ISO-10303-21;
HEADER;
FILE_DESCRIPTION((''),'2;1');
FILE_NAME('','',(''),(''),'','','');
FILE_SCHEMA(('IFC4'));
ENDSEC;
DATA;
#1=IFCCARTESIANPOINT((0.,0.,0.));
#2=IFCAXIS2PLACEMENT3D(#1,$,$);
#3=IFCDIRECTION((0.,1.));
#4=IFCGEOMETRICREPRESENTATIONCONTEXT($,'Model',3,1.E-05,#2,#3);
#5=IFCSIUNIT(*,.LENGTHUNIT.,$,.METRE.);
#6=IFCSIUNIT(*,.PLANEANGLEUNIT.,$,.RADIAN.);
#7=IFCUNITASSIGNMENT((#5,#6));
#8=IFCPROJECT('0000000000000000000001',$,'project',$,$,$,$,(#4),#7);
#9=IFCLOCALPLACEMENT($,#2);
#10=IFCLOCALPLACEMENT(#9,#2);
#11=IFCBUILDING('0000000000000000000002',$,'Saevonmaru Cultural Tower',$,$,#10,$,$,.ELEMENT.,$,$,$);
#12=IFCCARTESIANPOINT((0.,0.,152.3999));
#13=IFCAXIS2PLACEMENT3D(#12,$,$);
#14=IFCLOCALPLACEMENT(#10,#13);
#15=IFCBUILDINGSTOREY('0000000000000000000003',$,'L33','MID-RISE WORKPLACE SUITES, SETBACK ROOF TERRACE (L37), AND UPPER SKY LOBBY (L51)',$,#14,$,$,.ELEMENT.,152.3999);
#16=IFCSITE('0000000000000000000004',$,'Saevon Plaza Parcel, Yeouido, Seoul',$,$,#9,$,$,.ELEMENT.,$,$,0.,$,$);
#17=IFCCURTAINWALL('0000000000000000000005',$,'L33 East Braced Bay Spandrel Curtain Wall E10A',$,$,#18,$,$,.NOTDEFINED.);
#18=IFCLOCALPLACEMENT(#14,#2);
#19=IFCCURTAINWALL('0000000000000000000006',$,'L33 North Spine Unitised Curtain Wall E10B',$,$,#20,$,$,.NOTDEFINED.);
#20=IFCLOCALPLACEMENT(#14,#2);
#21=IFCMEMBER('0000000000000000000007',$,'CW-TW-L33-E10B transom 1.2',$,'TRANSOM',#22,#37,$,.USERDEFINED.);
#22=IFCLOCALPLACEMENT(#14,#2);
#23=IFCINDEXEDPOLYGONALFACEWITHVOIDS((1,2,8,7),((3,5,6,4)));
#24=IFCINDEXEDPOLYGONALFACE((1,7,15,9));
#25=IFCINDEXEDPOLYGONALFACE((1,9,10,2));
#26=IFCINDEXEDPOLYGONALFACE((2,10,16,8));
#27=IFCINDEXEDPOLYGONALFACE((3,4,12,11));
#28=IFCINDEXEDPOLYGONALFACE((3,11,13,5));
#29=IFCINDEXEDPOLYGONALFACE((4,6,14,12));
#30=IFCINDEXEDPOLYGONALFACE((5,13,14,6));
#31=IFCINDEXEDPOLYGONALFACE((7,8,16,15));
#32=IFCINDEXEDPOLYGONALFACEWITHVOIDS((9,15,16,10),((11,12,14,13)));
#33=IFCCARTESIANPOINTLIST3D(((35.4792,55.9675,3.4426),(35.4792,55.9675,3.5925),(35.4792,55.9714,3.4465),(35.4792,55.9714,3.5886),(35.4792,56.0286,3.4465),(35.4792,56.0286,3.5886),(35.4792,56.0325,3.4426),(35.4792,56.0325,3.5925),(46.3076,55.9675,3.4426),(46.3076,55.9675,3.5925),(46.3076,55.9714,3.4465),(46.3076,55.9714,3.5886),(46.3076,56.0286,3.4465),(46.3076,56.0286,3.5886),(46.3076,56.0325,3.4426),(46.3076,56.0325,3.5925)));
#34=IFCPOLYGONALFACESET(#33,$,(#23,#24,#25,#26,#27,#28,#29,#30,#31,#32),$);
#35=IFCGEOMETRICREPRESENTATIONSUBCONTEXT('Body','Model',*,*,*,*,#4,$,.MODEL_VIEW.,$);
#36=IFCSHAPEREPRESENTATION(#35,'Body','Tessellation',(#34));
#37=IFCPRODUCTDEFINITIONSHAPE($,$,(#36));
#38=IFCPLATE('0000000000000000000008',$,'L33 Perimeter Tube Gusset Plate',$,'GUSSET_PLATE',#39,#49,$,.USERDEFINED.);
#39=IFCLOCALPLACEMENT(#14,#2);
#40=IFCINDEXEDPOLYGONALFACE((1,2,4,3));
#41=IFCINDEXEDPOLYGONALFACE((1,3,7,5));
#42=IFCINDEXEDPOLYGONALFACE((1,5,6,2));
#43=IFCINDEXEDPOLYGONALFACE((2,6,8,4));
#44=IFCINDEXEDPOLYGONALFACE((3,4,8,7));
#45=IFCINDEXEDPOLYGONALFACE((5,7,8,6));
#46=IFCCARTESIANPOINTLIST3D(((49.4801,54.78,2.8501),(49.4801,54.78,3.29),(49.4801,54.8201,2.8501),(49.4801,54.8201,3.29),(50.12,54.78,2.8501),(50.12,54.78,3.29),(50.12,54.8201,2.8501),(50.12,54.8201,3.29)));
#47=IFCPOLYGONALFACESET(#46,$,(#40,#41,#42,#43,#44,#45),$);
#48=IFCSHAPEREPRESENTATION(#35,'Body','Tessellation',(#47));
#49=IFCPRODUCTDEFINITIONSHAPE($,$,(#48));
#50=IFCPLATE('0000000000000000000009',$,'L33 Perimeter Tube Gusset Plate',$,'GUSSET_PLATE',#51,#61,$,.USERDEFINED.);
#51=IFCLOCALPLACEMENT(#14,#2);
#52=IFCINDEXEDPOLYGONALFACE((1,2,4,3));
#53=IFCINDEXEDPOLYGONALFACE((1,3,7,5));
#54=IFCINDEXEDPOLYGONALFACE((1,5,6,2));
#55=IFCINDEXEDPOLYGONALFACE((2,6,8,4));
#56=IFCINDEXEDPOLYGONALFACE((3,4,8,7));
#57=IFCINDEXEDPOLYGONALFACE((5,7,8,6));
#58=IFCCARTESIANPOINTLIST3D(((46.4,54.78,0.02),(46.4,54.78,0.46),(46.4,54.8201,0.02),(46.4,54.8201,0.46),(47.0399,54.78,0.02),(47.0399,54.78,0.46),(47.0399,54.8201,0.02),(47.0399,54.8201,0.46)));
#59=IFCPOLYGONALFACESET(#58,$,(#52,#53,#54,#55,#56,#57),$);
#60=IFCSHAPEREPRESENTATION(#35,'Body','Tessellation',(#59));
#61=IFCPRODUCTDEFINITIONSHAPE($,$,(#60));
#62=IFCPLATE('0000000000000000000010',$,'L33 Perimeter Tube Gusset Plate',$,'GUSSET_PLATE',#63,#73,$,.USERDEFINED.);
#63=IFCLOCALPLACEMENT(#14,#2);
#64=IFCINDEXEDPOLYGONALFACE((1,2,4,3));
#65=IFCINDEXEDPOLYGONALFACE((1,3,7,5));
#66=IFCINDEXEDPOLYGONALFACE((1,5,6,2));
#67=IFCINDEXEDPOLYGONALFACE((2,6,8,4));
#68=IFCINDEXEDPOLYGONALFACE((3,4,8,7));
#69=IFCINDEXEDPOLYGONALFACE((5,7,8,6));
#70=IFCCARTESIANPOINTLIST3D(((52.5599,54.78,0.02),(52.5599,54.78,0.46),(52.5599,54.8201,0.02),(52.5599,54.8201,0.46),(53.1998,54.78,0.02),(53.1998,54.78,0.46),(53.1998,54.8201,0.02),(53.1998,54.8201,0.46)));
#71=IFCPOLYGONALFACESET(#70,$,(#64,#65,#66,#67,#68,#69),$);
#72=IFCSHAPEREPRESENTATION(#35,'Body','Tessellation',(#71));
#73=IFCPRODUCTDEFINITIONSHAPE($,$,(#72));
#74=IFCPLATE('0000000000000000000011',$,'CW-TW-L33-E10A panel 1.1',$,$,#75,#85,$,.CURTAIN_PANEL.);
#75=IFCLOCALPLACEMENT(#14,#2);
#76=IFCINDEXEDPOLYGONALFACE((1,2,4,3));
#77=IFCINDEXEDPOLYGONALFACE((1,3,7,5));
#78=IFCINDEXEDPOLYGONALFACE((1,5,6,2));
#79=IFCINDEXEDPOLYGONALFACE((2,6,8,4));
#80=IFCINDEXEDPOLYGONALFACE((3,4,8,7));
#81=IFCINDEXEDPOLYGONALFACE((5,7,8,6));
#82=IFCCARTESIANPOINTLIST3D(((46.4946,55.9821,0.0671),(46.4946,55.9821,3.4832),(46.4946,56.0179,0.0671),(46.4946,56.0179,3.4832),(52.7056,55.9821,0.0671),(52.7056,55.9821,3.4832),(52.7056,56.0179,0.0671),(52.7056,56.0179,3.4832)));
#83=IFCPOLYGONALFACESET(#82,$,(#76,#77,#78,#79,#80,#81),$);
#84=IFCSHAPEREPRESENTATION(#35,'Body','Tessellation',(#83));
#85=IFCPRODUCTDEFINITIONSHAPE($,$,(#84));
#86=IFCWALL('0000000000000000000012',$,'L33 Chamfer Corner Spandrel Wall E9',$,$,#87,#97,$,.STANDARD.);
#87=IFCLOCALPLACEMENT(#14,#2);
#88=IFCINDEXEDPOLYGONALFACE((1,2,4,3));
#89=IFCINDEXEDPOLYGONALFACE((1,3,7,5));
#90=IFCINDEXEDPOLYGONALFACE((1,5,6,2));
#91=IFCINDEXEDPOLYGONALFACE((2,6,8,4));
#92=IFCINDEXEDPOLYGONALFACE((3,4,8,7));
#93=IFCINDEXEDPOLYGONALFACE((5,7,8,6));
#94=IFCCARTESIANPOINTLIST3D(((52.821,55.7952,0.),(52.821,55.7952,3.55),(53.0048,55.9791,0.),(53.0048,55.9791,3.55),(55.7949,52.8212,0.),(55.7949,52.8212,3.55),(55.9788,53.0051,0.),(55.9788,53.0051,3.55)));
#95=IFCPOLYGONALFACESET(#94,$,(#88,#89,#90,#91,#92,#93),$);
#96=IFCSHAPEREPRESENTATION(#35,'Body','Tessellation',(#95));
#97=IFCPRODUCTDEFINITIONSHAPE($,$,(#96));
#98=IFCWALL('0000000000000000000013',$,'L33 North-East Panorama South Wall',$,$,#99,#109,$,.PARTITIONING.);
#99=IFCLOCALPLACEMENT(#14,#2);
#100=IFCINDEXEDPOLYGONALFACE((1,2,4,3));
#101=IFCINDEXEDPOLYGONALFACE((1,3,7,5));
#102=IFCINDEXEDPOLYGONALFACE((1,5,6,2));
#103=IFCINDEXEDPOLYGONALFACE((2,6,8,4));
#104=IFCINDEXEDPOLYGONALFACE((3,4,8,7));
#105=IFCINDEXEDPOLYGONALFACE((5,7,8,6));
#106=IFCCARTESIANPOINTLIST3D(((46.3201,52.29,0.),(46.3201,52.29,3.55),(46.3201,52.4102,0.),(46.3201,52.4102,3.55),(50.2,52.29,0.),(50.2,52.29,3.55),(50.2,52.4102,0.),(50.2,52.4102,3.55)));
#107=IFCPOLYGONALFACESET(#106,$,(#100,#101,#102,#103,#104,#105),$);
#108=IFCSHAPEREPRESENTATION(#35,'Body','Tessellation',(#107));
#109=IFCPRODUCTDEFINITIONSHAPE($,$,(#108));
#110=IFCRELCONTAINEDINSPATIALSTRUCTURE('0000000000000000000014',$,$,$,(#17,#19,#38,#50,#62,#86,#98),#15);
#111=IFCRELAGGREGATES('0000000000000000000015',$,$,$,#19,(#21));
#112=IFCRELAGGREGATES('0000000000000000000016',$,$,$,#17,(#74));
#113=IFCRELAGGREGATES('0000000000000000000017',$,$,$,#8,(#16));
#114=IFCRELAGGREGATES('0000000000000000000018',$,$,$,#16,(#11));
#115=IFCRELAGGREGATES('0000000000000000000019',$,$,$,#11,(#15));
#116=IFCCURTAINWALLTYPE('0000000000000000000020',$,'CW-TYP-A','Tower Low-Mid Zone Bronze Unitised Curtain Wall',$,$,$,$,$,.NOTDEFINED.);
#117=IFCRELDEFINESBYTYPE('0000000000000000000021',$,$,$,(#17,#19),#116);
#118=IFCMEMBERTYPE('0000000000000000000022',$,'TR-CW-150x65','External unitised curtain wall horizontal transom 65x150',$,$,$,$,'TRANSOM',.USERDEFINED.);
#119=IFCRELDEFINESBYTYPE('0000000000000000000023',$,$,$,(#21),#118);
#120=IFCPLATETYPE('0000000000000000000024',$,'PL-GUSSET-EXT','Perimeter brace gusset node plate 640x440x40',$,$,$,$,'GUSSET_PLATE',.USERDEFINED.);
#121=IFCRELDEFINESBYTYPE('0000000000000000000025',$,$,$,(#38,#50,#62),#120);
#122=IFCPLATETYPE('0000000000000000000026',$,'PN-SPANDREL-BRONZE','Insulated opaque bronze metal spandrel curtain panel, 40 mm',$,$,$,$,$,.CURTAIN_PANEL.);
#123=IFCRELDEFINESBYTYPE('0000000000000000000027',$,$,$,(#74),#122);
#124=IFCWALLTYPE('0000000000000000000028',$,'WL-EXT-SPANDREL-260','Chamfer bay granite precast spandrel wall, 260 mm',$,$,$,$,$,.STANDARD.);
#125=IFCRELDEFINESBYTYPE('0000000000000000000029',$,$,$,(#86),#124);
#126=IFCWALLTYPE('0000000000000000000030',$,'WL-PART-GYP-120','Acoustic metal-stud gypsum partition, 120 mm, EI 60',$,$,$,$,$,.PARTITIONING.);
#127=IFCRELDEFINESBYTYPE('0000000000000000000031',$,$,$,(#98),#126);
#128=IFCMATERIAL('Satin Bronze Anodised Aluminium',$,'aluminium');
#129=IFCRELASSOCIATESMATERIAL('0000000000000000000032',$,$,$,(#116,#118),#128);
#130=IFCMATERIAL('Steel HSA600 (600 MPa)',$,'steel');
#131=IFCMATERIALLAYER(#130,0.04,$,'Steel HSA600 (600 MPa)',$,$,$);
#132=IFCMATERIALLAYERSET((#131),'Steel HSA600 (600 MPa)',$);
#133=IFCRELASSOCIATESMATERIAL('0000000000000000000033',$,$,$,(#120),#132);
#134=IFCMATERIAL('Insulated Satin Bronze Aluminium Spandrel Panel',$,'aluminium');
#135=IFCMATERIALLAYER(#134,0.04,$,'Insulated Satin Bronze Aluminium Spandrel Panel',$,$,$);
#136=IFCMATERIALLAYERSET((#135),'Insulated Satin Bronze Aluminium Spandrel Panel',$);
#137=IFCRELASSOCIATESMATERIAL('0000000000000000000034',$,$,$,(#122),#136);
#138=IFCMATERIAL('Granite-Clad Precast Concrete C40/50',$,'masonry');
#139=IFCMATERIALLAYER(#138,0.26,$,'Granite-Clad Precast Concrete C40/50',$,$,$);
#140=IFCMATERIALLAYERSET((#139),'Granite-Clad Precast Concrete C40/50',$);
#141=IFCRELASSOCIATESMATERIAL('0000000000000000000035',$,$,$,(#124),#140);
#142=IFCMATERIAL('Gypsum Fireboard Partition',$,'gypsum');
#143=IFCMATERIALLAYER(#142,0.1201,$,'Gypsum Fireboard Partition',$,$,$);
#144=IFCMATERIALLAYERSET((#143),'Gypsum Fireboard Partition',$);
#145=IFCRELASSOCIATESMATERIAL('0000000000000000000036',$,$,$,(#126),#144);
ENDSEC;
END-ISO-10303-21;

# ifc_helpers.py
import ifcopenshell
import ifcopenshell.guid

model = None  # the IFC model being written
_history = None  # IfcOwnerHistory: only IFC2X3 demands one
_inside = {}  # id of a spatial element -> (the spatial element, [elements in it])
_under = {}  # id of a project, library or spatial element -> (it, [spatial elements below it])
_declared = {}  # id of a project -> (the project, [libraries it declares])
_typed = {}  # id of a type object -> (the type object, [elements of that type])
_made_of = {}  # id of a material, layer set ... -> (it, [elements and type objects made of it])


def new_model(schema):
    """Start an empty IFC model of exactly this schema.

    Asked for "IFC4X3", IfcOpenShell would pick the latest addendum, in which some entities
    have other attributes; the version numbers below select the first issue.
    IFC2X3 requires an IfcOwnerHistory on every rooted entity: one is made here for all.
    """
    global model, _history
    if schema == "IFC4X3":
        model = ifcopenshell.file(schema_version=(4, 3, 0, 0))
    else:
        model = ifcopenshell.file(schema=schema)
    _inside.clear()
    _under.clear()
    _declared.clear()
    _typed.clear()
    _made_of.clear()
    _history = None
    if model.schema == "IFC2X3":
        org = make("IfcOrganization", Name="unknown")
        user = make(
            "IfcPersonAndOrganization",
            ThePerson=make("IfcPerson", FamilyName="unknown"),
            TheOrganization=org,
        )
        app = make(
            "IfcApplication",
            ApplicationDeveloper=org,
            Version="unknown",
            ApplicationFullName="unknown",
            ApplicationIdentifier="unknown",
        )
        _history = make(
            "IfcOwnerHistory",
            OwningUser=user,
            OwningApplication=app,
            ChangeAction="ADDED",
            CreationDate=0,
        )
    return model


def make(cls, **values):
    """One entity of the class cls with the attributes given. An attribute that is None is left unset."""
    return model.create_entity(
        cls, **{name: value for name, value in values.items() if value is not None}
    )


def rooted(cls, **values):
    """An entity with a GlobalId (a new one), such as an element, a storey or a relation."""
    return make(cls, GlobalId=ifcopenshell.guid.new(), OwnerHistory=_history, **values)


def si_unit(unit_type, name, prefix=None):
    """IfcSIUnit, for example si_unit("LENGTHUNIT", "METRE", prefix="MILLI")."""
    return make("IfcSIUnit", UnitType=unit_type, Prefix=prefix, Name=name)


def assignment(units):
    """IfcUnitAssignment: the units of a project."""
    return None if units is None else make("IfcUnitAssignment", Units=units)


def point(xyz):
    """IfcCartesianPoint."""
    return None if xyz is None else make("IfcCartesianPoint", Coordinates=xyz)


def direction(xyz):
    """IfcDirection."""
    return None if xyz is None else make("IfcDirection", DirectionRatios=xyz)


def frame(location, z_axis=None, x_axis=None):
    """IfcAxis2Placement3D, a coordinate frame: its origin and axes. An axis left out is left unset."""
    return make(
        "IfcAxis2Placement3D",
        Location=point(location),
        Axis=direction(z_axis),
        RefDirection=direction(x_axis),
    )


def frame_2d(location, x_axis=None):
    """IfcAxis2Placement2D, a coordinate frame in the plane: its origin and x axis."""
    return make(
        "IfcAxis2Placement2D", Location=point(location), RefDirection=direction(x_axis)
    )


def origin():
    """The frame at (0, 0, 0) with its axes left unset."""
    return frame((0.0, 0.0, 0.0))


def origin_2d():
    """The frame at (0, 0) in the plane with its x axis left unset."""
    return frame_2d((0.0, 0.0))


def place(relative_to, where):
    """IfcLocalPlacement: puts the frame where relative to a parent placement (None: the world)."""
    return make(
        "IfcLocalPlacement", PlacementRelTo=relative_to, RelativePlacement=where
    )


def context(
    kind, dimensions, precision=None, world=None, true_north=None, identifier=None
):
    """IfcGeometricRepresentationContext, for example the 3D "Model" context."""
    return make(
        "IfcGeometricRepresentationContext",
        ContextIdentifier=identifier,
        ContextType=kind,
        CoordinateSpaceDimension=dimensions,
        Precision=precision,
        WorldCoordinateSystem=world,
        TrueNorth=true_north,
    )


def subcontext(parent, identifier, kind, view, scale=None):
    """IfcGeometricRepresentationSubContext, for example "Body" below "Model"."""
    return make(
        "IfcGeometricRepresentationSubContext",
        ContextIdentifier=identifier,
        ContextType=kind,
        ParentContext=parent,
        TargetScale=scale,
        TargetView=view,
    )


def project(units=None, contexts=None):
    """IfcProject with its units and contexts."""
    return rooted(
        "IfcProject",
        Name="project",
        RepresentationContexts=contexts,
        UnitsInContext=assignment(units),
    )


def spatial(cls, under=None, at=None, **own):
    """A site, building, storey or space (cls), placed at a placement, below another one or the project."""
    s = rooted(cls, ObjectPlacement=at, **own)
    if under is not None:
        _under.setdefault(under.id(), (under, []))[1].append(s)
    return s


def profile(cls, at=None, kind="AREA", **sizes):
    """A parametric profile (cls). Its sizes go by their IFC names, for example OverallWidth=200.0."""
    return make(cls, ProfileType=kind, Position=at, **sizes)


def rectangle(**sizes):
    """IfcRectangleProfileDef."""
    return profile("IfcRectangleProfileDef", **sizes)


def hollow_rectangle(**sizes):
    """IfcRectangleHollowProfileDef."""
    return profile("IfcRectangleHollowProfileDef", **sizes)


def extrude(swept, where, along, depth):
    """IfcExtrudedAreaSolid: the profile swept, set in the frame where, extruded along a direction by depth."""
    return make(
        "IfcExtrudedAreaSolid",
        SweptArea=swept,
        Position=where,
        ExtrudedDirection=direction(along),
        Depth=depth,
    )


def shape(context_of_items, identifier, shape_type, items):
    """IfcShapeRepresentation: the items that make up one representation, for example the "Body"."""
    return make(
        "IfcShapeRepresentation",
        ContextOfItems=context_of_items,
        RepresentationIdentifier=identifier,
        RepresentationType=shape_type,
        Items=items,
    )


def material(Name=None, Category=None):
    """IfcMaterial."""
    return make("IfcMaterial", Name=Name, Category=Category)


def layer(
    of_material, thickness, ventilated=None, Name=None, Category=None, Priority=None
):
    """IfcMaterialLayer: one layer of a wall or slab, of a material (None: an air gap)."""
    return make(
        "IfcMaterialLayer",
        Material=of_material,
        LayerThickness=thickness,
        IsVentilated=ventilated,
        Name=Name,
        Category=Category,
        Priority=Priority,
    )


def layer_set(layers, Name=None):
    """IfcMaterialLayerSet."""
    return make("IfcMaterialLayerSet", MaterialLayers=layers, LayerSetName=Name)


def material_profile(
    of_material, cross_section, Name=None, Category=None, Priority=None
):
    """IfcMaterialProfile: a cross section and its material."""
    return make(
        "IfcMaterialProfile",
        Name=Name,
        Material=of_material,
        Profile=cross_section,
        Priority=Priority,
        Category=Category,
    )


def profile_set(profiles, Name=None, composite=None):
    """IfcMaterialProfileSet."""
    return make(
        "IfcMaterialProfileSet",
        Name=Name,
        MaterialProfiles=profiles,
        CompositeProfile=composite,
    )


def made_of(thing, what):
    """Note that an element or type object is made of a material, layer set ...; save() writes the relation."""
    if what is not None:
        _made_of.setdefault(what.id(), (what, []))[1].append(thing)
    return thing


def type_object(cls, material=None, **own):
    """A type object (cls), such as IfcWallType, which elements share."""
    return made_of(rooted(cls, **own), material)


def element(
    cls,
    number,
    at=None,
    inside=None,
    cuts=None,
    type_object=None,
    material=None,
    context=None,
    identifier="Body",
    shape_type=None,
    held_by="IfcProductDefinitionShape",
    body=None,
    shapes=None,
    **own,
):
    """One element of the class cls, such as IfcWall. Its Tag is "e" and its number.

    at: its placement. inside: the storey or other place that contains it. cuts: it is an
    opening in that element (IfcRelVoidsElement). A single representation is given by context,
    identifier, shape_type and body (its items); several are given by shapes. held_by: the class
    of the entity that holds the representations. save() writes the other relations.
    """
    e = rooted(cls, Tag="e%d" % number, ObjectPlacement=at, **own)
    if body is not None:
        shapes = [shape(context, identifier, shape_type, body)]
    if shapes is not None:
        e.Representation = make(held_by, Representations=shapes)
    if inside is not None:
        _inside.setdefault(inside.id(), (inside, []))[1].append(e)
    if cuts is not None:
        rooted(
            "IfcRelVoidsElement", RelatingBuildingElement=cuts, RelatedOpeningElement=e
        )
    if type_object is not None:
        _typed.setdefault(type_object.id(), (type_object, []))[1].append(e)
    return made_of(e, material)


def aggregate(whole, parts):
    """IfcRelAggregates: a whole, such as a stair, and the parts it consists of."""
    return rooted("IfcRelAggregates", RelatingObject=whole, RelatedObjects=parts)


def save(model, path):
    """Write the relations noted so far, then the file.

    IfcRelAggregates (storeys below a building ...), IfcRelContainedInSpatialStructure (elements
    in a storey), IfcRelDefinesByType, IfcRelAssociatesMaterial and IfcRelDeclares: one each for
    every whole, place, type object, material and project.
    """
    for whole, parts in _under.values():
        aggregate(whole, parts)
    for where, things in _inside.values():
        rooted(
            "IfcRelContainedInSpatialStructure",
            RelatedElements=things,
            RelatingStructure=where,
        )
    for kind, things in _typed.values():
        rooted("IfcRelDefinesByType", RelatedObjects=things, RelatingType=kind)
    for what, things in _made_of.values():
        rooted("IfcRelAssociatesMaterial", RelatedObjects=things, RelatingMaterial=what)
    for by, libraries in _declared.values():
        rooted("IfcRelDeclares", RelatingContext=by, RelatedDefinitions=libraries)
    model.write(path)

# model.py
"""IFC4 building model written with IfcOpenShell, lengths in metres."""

from ifc_helpers import new_model, si_unit, direction, frame, frame_2d, origin, origin_2d, place, context, subcontext, project, spatial, rectangle, hollow_rectangle, extrude, material, layer, layer_set, material_profile, profile_set, type_object, element, aggregate, save


model = new_model("IFC4")

# Units and contexts
model_context = context("Model", 3, precision=1e-05, world=origin(), true_north=direction((0.0, 1.0)))
body_context = subcontext(model_context, "Body", "Model", "MODEL_VIEW")
ifc_project = project(units=[si_unit("LENGTHUNIT", "METRE"), si_unit("PLANEANGLEUNIT", "RADIAN")], contexts=[model_context])

# Site, building, storey
site_placement = place(None, origin())
site = spatial("IfcSite", under=ifc_project, at=site_placement, Name="Saevon Plaza Parcel, Yeouido, Seoul", CompositionType="ELEMENT", RefElevation=0.0)
building_placement = place(site_placement, origin())
building = spatial("IfcBuilding", under=site, at=building_placement, Name="Saevonmaru Cultural Tower", CompositionType="ELEMENT")
storey_placement = place(building_placement, frame((0.0, 0.0, 152.3999)))
storey = spatial("IfcBuildingStorey", under=building, at=storey_placement, Name="L33", Description="MID-RISE WORKPLACE SUITES, SETBACK ROOF TERRACE (L37), AND UPPER SKY LOBBY (L51)", CompositionType="ELEMENT", Elevation=152.3999)

# Shared definitions
ifc_material_1 = material(Name="Satin Bronze Anodised Aluminium", Category="aluminium")
curtain_wall_type = type_object("IfcCurtainWallType", Name="CW-TYP-A", Description="Tower Low-Mid Zone Bronze Unitised Curtain Wall", PredefinedType="NOTDEFINED", material=ifc_material_1)

# Curtain wall
curtain_wall_1_placement = place(storey_placement, origin())
curtain_wall_1 = element("IfcCurtainWall", 1, at=curtain_wall_1_placement, inside=storey, type_object=curtain_wall_type, Name="L33 East Braced Bay Spandrel Curtain Wall E10A", PredefinedType="NOTDEFINED")

# Curtain wall
curtain_wall_2_placement = place(storey_placement, origin())
curtain_wall_2 = element("IfcCurtainWall", 2, at=curtain_wall_2_placement, inside=storey, type_object=curtain_wall_type, Name="L33 North Spine Unitised Curtain Wall E10B", PredefinedType="NOTDEFINED")

# Member
ifc_material_profile_1 = material_profile(ifc_material_1, hollow_rectangle(XDim=0.0649, YDim=0.1499, WallThickness=0.0039, at=origin_2d()), Name="ALU-TRAN-150x65x4")
ifc_profile_set_1 = profile_set([ifc_material_profile_1], Name="Satin Bronze Anodised Aluminium")
member_type_1 = type_object("IfcMemberType", Name="TR-CW-150x65", Description="External unitised curtain wall horizontal transom 65x150", ElementType="TRANSOM", PredefinedType="USERDEFINED", material=ifc_profile_set_1)
member_1_placement = place(storey_placement, frame((46.3076, 56.0, 3.5176), z_axis=(-1.0, 0.0, 0.0), x_axis=(0.0, -1.0, 0.0)))
member_1 = element("IfcMember", 3, at=member_1_placement, type_object=member_type_1, Name="CW-TW-L33-E10B transom 1.2", ObjectType="TRANSOM", PredefinedType="USERDEFINED", context=body_context, shape_type="SweptSolid", body=[
    extrude(hollow_rectangle(XDim=0.0649, YDim=0.1499, WallThickness=0.0039, at=origin_2d()), origin(), (0.0, 0.0, 1.0), 10.8284),
])
aggregate(curtain_wall_2, [member_1])

# Plates
ifc_material_2 = material(Name="Steel HSA600 (600 MPa)", Category="steel")
ifc_layer_1 = layer(ifc_material_2, 0.04, Name="Steel HSA600 (600 MPa)")
ifc_layer_set_1 = layer_set([ifc_layer_1], Name="Steel HSA600 (600 MPa)")
plate_type_1 = type_object("IfcPlateType", Name="PL-GUSSET-EXT", Description="Perimeter brace gusset node plate 640x440x40", ElementType="GUSSET_PLATE", PredefinedType="USERDEFINED", material=ifc_layer_set_1)
for number, where, z_axis, x_axis, name in (
    (4, (49.8, 54.8, 2.8501), (0.0, 0.0, 1.0), (1.0, 0.0, 0.0), "L33 Perimeter Tube Gusset Plate"),
    (5, (46.72, 54.8, 0.02), (0.0, 0.0, 1.0), (1.0, 0.0, 0.0), "L33 Perimeter Tube Gusset Plate"),
    (6, (52.8799, 54.8, 0.02), (0.0, 0.0, 1.0), (1.0, 0.0, 0.0), "L33 Perimeter Tube Gusset Plate"),
):
    element("IfcPlate", number, at=place(storey_placement, frame(where, z_axis=z_axis, x_axis=x_axis)), inside=storey, type_object=plate_type_1, Name=name, ObjectType="GUSSET_PLATE", PredefinedType="USERDEFINED", context=body_context, shape_type="SweptSolid", body=[
        extrude(rectangle(XDim=0.6399, YDim=0.04, at=origin_2d()), origin(), (0.0, 0.0, 1.0), 0.4399),
    ])

# Plate
ifc_material_3 = material(Name="Insulated Satin Bronze Aluminium Spandrel Panel", Category="aluminium")
ifc_layer_2 = layer(ifc_material_3, 0.04, Name="Insulated Satin Bronze Aluminium Spandrel Panel")
ifc_layer_set_2 = layer_set([ifc_layer_2], Name="Insulated Satin Bronze Aluminium Spandrel Panel")
plate_type_2 = type_object("IfcPlateType", Name="PN-SPANDREL-BRONZE", Description="Insulated opaque bronze metal spandrel curtain panel, 40 mm", PredefinedType="CURTAIN_PANEL", material=ifc_layer_set_2)
plate_placement = place(storey_placement, frame((49.6001, 56.0, 0.0671), z_axis=(0.0, 0.0, 1.0), x_axis=(-1.0, 0.0, 0.0)))
plate = element("IfcPlate", 7, at=plate_placement, type_object=plate_type_2, Name="CW-TW-L33-E10A panel 1.1", PredefinedType="CURTAIN_PANEL", context=body_context, shape_type="SweptSolid", body=[
    extrude(rectangle(XDim=6.2109, YDim=0.0359, at=origin_2d()), origin(), (0.0, 0.0, 1.0), 3.416),
])
aggregate(curtain_wall_1, [plate])

# Wall
ifc_material_4 = material(Name="Granite-Clad Precast Concrete C40/50", Category="masonry")
ifc_layer_3 = layer(ifc_material_4, 0.26, Name="Granite-Clad Precast Concrete C40/50")
ifc_layer_set_3 = layer_set([ifc_layer_3], Name="Granite-Clad Precast Concrete C40/50")
wall_type_1 = type_object("IfcWallType", Name="WL-EXT-SPANDREL-260", Description="Chamfer bay granite precast spandrel wall, 260 mm", PredefinedType="STANDARD", material=ifc_layer_set_3)
wall_1_placement = place(storey_placement, frame((55.887, 52.9131, 0.0), z_axis=(0.0, 0.0, 1.0), x_axis=(-0.707107, 0.707107, 0.0)))
element("IfcWall", 8, at=wall_1_placement, inside=storey, type_object=wall_type_1, Name="L33 Chamfer Corner Spandrel Wall E9", PredefinedType="STANDARD", context=body_context, shape_type="SweptSolid", body=[
    extrude(rectangle(XDim=4.2058, YDim=0.26, at=frame_2d((2.103, 0.0))), origin(), (0.0, 0.0, 1.0), 3.55),
])

# Shared definitions
ifc_material_5 = material(Name="Gypsum Fireboard Partition", Category="gypsum")

# Wall
ifc_layer_4 = layer(ifc_material_5, 0.1201, Name="Gypsum Fireboard Partition")
ifc_layer_set_4 = layer_set([ifc_layer_4], Name="Gypsum Fireboard Partition")
wall_type_2 = type_object("IfcWallType", Name="WL-PART-GYP-120", Description="Acoustic metal-stud gypsum partition, 120 mm, EI 60", PredefinedType="PARTITIONING", material=ifc_layer_set_4)
wall_2_placement = place(storey_placement, frame((46.3201, 52.3501, 0.0), z_axis=(0.0, 0.0, 1.0), x_axis=(1.0, 0.0, 0.0)))
element("IfcWall", 9, at=wall_2_placement, inside=storey, type_object=wall_type_2, Name="L33 North-East Panorama South Wall", PredefinedType="PARTITIONING", context=body_context, shape_type="SweptSolid", body=[
    extrude(rectangle(XDim=3.8799, YDim=0.1201, at=frame_2d((1.9399, 0.0))), origin(), (0.0, 0.0, 1.0), 3.55),
])

save(model, "model.ifc")
